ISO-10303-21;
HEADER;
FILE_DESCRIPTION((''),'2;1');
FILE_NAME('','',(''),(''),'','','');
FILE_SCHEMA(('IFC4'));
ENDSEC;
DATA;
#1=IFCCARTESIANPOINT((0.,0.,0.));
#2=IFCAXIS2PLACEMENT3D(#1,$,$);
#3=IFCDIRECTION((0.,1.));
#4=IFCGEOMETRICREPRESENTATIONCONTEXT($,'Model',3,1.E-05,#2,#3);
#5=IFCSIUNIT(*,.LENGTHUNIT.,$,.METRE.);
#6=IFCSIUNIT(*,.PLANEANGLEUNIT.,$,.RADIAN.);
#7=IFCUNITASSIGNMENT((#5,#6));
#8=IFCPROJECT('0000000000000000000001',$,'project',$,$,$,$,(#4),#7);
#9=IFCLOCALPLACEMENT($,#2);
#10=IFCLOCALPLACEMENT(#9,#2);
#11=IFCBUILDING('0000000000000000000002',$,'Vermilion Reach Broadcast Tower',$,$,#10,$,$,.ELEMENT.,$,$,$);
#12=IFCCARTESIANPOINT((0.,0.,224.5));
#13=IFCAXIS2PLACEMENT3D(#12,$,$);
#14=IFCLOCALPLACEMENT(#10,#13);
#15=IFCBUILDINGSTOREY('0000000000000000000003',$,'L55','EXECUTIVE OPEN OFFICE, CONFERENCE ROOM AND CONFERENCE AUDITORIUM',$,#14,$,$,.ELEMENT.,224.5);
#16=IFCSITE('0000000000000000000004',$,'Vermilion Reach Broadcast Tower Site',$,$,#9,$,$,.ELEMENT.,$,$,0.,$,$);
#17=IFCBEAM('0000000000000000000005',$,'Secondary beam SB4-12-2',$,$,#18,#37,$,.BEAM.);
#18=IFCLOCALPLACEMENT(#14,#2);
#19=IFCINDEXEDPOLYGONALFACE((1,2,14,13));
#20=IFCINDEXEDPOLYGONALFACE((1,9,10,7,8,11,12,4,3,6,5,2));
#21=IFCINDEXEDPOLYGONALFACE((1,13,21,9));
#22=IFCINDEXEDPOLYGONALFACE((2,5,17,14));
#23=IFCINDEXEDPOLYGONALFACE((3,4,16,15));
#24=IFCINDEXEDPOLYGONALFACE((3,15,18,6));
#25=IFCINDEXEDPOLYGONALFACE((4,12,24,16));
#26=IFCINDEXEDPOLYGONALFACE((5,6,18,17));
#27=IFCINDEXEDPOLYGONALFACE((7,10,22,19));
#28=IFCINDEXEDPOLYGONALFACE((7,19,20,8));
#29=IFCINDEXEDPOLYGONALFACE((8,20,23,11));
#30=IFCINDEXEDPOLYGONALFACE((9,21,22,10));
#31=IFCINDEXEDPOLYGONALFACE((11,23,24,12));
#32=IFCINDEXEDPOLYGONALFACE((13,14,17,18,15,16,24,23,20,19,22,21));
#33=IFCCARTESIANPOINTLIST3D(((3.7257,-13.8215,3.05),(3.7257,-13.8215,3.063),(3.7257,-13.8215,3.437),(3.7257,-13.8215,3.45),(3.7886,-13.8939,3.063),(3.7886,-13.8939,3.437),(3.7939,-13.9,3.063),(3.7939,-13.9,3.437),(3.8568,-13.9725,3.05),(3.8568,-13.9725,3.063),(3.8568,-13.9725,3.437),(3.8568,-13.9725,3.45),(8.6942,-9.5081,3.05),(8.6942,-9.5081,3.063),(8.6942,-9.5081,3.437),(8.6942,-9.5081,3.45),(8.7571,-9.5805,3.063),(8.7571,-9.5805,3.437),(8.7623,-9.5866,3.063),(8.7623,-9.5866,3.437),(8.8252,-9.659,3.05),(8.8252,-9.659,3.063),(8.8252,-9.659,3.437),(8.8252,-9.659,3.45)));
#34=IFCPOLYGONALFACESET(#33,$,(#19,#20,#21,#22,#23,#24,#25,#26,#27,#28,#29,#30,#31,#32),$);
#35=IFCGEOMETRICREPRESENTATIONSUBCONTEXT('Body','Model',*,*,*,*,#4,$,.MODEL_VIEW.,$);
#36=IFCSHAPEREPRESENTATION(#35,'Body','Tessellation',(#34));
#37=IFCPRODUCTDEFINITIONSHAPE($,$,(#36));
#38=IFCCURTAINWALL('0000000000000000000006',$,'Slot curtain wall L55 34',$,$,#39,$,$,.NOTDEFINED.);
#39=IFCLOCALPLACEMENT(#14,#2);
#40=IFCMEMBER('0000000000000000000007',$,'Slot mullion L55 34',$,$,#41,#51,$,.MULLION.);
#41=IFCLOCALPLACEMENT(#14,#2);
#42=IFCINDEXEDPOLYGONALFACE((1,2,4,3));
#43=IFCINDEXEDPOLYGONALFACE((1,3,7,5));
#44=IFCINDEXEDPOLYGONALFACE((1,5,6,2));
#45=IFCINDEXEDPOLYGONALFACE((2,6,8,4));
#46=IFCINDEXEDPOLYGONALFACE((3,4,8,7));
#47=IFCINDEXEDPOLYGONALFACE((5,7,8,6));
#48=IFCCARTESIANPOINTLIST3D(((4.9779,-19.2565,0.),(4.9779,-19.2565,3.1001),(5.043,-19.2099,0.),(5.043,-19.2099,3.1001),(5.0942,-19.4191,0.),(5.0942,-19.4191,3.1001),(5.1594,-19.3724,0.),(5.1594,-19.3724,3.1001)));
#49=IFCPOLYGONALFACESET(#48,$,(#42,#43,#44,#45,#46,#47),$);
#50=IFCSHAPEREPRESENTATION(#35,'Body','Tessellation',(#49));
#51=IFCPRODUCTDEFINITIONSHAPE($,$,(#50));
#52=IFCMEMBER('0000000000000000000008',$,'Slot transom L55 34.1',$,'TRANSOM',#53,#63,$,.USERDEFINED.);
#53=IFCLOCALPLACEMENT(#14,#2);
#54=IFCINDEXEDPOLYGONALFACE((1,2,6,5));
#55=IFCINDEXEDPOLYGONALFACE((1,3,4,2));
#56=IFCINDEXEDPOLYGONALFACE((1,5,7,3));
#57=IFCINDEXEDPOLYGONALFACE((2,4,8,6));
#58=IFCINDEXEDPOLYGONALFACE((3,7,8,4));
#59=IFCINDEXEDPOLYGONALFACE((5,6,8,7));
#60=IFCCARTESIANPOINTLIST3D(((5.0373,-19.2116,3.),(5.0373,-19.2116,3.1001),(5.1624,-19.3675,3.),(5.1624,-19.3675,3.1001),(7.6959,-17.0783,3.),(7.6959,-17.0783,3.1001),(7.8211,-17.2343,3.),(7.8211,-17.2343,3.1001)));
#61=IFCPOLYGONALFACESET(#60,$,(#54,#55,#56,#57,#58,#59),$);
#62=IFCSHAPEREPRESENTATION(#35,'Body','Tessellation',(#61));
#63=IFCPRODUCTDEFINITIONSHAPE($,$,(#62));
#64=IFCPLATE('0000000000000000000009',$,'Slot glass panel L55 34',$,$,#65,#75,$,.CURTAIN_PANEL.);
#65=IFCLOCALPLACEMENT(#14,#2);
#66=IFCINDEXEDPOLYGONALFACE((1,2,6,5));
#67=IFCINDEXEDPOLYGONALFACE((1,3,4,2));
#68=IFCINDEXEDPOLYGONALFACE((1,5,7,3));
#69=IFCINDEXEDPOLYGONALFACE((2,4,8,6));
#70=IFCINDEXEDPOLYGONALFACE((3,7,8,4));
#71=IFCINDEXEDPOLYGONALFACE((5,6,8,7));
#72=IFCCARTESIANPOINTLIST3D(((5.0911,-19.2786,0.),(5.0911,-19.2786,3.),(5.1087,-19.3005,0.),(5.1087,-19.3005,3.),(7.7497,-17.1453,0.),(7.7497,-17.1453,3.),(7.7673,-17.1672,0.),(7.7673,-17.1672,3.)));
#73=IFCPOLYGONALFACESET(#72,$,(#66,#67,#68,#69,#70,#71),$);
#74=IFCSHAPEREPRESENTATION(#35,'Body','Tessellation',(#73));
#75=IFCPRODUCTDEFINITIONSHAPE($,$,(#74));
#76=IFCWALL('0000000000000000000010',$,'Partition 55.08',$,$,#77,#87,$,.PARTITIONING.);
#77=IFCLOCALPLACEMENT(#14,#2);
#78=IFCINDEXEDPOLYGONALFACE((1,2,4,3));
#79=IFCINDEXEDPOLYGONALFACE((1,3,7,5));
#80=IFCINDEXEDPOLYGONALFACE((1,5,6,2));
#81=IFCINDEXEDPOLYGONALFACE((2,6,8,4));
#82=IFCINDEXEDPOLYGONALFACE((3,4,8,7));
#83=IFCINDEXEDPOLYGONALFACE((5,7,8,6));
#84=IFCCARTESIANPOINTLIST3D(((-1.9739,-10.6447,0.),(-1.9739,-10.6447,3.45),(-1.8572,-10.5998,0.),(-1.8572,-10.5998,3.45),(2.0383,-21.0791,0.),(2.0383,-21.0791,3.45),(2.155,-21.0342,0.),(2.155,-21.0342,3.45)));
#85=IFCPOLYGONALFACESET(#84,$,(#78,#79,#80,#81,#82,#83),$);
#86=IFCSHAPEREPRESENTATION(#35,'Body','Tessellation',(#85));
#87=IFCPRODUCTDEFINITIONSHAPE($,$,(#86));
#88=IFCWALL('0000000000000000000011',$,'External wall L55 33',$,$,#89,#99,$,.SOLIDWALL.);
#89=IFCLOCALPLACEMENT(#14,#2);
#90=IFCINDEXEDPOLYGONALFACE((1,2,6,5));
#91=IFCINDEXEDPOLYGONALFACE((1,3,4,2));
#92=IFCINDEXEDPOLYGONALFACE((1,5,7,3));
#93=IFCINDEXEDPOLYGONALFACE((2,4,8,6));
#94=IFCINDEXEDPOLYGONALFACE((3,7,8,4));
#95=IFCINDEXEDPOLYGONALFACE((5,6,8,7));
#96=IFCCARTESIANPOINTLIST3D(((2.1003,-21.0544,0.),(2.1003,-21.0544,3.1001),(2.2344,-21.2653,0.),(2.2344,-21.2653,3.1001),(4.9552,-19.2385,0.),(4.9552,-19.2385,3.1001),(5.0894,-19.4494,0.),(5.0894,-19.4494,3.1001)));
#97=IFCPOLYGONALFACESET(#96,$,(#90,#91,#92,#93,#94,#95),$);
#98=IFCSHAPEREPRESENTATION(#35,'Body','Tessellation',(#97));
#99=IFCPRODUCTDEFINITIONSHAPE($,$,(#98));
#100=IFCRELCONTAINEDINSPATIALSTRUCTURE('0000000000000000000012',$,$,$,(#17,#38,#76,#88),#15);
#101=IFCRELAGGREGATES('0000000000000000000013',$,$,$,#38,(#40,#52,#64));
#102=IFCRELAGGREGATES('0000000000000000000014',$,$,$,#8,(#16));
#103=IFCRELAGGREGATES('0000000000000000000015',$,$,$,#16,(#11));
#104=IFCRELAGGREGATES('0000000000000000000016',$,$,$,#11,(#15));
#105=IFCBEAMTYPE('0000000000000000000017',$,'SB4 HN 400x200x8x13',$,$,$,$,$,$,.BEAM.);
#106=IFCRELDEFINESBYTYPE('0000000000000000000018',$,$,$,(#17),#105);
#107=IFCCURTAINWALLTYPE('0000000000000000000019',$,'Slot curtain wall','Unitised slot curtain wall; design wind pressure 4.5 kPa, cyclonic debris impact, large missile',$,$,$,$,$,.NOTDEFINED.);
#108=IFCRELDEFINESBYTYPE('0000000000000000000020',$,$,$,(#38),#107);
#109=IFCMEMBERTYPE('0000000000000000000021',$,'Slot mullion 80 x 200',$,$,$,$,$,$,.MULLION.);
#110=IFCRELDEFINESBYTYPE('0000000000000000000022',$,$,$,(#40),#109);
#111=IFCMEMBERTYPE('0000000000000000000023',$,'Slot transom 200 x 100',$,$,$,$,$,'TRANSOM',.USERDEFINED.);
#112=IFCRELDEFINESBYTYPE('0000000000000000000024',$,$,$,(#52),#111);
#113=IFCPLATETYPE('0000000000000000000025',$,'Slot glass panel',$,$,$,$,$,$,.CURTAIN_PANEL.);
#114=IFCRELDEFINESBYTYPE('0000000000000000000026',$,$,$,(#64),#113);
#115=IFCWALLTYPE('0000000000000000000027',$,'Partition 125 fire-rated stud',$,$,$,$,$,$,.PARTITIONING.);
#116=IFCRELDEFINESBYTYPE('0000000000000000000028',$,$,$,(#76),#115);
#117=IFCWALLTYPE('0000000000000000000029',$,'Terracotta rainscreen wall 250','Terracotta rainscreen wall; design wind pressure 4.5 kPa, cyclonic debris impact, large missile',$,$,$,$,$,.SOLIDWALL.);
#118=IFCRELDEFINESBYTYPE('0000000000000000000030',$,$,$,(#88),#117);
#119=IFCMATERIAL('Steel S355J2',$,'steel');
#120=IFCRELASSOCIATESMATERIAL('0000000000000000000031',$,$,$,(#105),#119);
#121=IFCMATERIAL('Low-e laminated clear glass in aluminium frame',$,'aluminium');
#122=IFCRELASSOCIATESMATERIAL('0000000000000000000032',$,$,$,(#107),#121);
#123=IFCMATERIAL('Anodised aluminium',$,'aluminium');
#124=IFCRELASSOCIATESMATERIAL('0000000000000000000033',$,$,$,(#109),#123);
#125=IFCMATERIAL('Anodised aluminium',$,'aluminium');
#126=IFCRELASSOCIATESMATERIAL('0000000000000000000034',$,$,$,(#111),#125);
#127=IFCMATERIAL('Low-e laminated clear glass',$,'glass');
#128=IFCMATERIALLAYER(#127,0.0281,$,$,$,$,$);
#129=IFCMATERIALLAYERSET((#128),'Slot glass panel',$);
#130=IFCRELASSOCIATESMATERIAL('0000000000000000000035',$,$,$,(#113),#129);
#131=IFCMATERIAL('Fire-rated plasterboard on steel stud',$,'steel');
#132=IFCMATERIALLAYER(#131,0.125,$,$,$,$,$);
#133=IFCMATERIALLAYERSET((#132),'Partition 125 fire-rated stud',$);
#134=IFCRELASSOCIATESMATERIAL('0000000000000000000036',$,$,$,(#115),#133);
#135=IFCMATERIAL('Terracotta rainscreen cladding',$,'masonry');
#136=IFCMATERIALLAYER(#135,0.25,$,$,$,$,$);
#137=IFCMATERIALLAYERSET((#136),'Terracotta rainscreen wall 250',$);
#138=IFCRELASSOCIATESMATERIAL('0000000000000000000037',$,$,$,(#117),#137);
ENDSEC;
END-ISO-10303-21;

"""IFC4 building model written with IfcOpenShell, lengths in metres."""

from ifc_helpers import new_model, si_unit, direction, frame, frame_2d, origin, origin_2d, place, context, subcontext, project, spatial, rectangle, i_section, extrude, material, layer, layer_set, material_profile, profile_set, type_object, element, aggregate, save


model = new_model("IFC4")

# Units and contexts
model_context = context("Model", 3, precision=1e-05, world=origin(), true_north=direction((0.0, 1.0)))
body_context = subcontext(model_context, "Body", "Model", "MODEL_VIEW")
ifc_project = project(units=[si_unit("LENGTHUNIT", "METRE"), si_unit("PLANEANGLEUNIT", "RADIAN")], contexts=[model_context])

# Site, building, storey
site_placement = place(None, origin())
site = spatial("IfcSite", under=ifc_project, at=site_placement, Name="Vermilion Reach Broadcast Tower Site", CompositionType="ELEMENT", RefElevation=0.0)
building_placement = place(site_placement, origin())
building = spatial("IfcBuilding", under=site, at=building_placement, Name="Vermilion Reach Broadcast Tower", CompositionType="ELEMENT")
storey_placement = place(building_placement, frame((0.0, 0.0, 224.5)))
storey = spatial("IfcBuildingStorey", under=building, at=storey_placement, Name="L55", Description="EXECUTIVE OPEN OFFICE, CONFERENCE ROOM AND CONFERENCE AUDITORIUM", CompositionType="ELEMENT", Elevation=224.5)

# Beam
ifc_material_1 = material(Name="Steel S355J2", Category="steel")
ifc_material_profile_1 = material_profile(ifc_material_1, i_section(OverallWidth=0.2, OverallDepth=0.3999, WebThickness=0.0081, FlangeThickness=0.0129, at=origin_2d()), Name="S355J2 HN 400x200x8x13")
ifc_profile_set_1 = profile_set([ifc_material_profile_1], Name="Steel S355J2")
beam_type_1 = type_object("IfcBeamType", Name="SB4 HN 400x200x8x13", PredefinedType="BEAM", material=ifc_profile_set_1)
beam_1_placement = place(storey_placement, frame((3.7913, -13.897, 3.25), z_axis=(0.755129, 0.655576, 0.0), x_axis=(-0.655576, 0.755129, 0.0)))
element("IfcBeam", 1, at=beam_1_placement, inside=storey, type_object=beam_type_1, Name="Secondary beam SB4-12-2", PredefinedType="BEAM", context=body_context, shape_type="SweptSolid", body=[
    extrude(i_section(OverallWidth=0.2, OverallDepth=0.3999, WebThickness=0.0081, FlangeThickness=0.0129, at=origin_2d()), origin(), (0.0, 0.0, 1.0), 6.5796),
])

# Curtain wall, members, plate
ifc_material_2 = material(Name="Low-e laminated clear glass in aluminium frame", Category="aluminium")
curtain_wall_type = type_object("IfcCurtainWallType", Name="Slot curtain wall", Description="Unitised slot curtain wall; design wind pressure 4.5 kPa, cyclonic debris impact, large missile", PredefinedType="NOTDEFINED", material=ifc_material_2)
curtain_wall_placement = place(storey_placement, origin())
curtain_wall = element("IfcCurtainWall", 2, at=curtain_wall_placement, inside=storey, type_object=curtain_wall_type, Name="Slot curtain wall L55 34", PredefinedType="NOTDEFINED")
ifc_material_3 = material(Name="Anodised aluminium", Category="aluminium")
ifc_material_profile_2 = material_profile(ifc_material_3, rectangle(XDim=0.2, YDim=0.0801, at=origin_2d()), Name="Slot mullion 80 x 200")
ifc_profile_set_2 = profile_set([ifc_material_profile_2], Name="Anodised aluminium")
member_type_1 = type_object("IfcMemberType", Name="Slot mullion 80 x 200", PredefinedType="MULLION", material=ifc_profile_set_2)
member_1_placement = place(storey_placement, frame((5.0686, -19.3145, 0.0), z_axis=(0.0, 0.0, 1.0), x_axis=(-0.582109, 0.813111, 0.0)))
member_1 = element("IfcMember", 3, at=member_1_placement, type_object=member_type_1, Name="Slot mullion L55 34", PredefinedType="MULLION", context=body_context, shape_type="SweptSolid", body=[
    extrude(rectangle(XDim=0.2, YDim=0.0801, at=origin_2d()), origin(), (0.0, 0.0, 1.0), 3.1001),
])
ifc_material_4 = material(Name="Anodised aluminium", Category="aluminium")
ifc_material_profile_3 = material_profile(ifc_material_4, rectangle(XDim=0.2, YDim=0.1001, at=origin_2d()), Name="Slot transom 200 x 100")
ifc_profile_set_3 = profile_set([ifc_material_profile_3], Name="Anodised aluminium")
member_type_2 = type_object("IfcMemberType", Name="Slot transom 200 x 100", ElementType="TRANSOM", PredefinedType="USERDEFINED", material=ifc_profile_set_3)
member_2_placement = place(storey_placement, frame((5.0999, -19.2896, 3.05), z_axis=(0.77996, 0.62583, 0.0), x_axis=(-0.62583, 0.77996, 0.0)))
member_2 = element("IfcMember", 4, at=member_2_placement, type_object=member_type_2, Name="Slot transom L55 34.1", ObjectType="TRANSOM", PredefinedType="USERDEFINED", context=body_context, shape_type="SweptSolid", body=[
    extrude(rectangle(XDim=0.2, YDim=0.1001, at=origin_2d()), origin(), (0.0, 0.0, 1.0), 3.4087),
])
ifc_material_5 = material(Name="Low-e laminated clear glass", Category="glass")
ifc_layer_1 = layer(ifc_material_5, 0.0281)
ifc_layer_set_1 = layer_set([ifc_layer_1], Name="Slot glass panel")
plate_type = type_object("IfcPlateType", Name="Slot glass panel", PredefinedType="CURTAIN_PANEL", material=ifc_layer_set_1)
plate_placement = place(storey_placement, frame((6.4292, -18.2229, 0.0), z_axis=(0.0, 0.0, 1.0), x_axis=(0.779967, 0.625821, 0.0)))
plate = element("IfcPlate", 5, at=plate_placement, type_object=plate_type, Name="Slot glass panel L55 34", PredefinedType="CURTAIN_PANEL", context=body_context, shape_type="SweptSolid", body=[
    extrude(rectangle(XDim=3.4087, YDim=0.0281, at=origin_2d()), origin(), (0.0, 0.0, 1.0), 3.0),
])
aggregate(curtain_wall, [member_1, member_2, plate])

# Wall
ifc_material_6 = material(Name="Fire-rated plasterboard on steel stud", Category="steel")
ifc_layer_2 = layer(ifc_material_6, 0.125)
ifc_layer_set_2 = layer_set([ifc_layer_2], Name="Partition 125 fire-rated stud")
wall_type_1 = type_object("IfcWallType", Name="Partition 125 fire-rated stud", PredefinedType="PARTITIONING", material=ifc_layer_set_2)
wall_1_placement = place(storey_placement, frame((2.0967, -21.0566, 0.0), z_axis=(0.0, 0.0, 1.0), x_axis=(-0.358902, 0.933375, 0.0)))
element("IfcWall", 6, at=wall_1_placement, inside=storey, type_object=wall_type_1, Name="Partition 55.08", PredefinedType="PARTITIONING", context=body_context, shape_type="SweptSolid", body=[
    extrude(rectangle(XDim=11.1792, YDim=0.125, at=frame_2d((5.5896, 0.0))), origin(), (0.0, 0.0, 1.0), 3.45),
])

# Shared definitions
ifc_material_7 = material(Name="Terracotta rainscreen cladding", Category="masonry")
ifc_layer_3 = layer(ifc_material_7, 0.25)
ifc_layer_set_3 = layer_set([ifc_layer_3], Name="Terracotta rainscreen wall 250")
wall_type_2 = type_object("IfcWallType", Name="Terracotta rainscreen wall 250", Description="Terracotta rainscreen wall; design wind pressure 4.5 kPa, cyclonic debris impact, large missile", PredefinedType="SOLIDWALL", material=ifc_layer_set_3)

# Wall
wall_2_placement = place(storey_placement, frame((2.1672, -21.1599, 0.0), z_axis=(0.0, 0.0, 1.0), x_axis=(0.84378, 0.536689, 0.0)))
element("IfcWall", 7, at=wall_2_placement, inside=storey, type_object=wall_type_2, Name="External wall L55 33", PredefinedType="SOLIDWALL", context=body_context, shape_type="SweptSolid", body=[
    extrude(rectangle(XDim=3.3835, YDim=0.25, at=frame_2d((1.6919, 0.0))), origin(), (0.0, 0.0, 1.0), 3.1001),
])

save(model, "model.ifc")
